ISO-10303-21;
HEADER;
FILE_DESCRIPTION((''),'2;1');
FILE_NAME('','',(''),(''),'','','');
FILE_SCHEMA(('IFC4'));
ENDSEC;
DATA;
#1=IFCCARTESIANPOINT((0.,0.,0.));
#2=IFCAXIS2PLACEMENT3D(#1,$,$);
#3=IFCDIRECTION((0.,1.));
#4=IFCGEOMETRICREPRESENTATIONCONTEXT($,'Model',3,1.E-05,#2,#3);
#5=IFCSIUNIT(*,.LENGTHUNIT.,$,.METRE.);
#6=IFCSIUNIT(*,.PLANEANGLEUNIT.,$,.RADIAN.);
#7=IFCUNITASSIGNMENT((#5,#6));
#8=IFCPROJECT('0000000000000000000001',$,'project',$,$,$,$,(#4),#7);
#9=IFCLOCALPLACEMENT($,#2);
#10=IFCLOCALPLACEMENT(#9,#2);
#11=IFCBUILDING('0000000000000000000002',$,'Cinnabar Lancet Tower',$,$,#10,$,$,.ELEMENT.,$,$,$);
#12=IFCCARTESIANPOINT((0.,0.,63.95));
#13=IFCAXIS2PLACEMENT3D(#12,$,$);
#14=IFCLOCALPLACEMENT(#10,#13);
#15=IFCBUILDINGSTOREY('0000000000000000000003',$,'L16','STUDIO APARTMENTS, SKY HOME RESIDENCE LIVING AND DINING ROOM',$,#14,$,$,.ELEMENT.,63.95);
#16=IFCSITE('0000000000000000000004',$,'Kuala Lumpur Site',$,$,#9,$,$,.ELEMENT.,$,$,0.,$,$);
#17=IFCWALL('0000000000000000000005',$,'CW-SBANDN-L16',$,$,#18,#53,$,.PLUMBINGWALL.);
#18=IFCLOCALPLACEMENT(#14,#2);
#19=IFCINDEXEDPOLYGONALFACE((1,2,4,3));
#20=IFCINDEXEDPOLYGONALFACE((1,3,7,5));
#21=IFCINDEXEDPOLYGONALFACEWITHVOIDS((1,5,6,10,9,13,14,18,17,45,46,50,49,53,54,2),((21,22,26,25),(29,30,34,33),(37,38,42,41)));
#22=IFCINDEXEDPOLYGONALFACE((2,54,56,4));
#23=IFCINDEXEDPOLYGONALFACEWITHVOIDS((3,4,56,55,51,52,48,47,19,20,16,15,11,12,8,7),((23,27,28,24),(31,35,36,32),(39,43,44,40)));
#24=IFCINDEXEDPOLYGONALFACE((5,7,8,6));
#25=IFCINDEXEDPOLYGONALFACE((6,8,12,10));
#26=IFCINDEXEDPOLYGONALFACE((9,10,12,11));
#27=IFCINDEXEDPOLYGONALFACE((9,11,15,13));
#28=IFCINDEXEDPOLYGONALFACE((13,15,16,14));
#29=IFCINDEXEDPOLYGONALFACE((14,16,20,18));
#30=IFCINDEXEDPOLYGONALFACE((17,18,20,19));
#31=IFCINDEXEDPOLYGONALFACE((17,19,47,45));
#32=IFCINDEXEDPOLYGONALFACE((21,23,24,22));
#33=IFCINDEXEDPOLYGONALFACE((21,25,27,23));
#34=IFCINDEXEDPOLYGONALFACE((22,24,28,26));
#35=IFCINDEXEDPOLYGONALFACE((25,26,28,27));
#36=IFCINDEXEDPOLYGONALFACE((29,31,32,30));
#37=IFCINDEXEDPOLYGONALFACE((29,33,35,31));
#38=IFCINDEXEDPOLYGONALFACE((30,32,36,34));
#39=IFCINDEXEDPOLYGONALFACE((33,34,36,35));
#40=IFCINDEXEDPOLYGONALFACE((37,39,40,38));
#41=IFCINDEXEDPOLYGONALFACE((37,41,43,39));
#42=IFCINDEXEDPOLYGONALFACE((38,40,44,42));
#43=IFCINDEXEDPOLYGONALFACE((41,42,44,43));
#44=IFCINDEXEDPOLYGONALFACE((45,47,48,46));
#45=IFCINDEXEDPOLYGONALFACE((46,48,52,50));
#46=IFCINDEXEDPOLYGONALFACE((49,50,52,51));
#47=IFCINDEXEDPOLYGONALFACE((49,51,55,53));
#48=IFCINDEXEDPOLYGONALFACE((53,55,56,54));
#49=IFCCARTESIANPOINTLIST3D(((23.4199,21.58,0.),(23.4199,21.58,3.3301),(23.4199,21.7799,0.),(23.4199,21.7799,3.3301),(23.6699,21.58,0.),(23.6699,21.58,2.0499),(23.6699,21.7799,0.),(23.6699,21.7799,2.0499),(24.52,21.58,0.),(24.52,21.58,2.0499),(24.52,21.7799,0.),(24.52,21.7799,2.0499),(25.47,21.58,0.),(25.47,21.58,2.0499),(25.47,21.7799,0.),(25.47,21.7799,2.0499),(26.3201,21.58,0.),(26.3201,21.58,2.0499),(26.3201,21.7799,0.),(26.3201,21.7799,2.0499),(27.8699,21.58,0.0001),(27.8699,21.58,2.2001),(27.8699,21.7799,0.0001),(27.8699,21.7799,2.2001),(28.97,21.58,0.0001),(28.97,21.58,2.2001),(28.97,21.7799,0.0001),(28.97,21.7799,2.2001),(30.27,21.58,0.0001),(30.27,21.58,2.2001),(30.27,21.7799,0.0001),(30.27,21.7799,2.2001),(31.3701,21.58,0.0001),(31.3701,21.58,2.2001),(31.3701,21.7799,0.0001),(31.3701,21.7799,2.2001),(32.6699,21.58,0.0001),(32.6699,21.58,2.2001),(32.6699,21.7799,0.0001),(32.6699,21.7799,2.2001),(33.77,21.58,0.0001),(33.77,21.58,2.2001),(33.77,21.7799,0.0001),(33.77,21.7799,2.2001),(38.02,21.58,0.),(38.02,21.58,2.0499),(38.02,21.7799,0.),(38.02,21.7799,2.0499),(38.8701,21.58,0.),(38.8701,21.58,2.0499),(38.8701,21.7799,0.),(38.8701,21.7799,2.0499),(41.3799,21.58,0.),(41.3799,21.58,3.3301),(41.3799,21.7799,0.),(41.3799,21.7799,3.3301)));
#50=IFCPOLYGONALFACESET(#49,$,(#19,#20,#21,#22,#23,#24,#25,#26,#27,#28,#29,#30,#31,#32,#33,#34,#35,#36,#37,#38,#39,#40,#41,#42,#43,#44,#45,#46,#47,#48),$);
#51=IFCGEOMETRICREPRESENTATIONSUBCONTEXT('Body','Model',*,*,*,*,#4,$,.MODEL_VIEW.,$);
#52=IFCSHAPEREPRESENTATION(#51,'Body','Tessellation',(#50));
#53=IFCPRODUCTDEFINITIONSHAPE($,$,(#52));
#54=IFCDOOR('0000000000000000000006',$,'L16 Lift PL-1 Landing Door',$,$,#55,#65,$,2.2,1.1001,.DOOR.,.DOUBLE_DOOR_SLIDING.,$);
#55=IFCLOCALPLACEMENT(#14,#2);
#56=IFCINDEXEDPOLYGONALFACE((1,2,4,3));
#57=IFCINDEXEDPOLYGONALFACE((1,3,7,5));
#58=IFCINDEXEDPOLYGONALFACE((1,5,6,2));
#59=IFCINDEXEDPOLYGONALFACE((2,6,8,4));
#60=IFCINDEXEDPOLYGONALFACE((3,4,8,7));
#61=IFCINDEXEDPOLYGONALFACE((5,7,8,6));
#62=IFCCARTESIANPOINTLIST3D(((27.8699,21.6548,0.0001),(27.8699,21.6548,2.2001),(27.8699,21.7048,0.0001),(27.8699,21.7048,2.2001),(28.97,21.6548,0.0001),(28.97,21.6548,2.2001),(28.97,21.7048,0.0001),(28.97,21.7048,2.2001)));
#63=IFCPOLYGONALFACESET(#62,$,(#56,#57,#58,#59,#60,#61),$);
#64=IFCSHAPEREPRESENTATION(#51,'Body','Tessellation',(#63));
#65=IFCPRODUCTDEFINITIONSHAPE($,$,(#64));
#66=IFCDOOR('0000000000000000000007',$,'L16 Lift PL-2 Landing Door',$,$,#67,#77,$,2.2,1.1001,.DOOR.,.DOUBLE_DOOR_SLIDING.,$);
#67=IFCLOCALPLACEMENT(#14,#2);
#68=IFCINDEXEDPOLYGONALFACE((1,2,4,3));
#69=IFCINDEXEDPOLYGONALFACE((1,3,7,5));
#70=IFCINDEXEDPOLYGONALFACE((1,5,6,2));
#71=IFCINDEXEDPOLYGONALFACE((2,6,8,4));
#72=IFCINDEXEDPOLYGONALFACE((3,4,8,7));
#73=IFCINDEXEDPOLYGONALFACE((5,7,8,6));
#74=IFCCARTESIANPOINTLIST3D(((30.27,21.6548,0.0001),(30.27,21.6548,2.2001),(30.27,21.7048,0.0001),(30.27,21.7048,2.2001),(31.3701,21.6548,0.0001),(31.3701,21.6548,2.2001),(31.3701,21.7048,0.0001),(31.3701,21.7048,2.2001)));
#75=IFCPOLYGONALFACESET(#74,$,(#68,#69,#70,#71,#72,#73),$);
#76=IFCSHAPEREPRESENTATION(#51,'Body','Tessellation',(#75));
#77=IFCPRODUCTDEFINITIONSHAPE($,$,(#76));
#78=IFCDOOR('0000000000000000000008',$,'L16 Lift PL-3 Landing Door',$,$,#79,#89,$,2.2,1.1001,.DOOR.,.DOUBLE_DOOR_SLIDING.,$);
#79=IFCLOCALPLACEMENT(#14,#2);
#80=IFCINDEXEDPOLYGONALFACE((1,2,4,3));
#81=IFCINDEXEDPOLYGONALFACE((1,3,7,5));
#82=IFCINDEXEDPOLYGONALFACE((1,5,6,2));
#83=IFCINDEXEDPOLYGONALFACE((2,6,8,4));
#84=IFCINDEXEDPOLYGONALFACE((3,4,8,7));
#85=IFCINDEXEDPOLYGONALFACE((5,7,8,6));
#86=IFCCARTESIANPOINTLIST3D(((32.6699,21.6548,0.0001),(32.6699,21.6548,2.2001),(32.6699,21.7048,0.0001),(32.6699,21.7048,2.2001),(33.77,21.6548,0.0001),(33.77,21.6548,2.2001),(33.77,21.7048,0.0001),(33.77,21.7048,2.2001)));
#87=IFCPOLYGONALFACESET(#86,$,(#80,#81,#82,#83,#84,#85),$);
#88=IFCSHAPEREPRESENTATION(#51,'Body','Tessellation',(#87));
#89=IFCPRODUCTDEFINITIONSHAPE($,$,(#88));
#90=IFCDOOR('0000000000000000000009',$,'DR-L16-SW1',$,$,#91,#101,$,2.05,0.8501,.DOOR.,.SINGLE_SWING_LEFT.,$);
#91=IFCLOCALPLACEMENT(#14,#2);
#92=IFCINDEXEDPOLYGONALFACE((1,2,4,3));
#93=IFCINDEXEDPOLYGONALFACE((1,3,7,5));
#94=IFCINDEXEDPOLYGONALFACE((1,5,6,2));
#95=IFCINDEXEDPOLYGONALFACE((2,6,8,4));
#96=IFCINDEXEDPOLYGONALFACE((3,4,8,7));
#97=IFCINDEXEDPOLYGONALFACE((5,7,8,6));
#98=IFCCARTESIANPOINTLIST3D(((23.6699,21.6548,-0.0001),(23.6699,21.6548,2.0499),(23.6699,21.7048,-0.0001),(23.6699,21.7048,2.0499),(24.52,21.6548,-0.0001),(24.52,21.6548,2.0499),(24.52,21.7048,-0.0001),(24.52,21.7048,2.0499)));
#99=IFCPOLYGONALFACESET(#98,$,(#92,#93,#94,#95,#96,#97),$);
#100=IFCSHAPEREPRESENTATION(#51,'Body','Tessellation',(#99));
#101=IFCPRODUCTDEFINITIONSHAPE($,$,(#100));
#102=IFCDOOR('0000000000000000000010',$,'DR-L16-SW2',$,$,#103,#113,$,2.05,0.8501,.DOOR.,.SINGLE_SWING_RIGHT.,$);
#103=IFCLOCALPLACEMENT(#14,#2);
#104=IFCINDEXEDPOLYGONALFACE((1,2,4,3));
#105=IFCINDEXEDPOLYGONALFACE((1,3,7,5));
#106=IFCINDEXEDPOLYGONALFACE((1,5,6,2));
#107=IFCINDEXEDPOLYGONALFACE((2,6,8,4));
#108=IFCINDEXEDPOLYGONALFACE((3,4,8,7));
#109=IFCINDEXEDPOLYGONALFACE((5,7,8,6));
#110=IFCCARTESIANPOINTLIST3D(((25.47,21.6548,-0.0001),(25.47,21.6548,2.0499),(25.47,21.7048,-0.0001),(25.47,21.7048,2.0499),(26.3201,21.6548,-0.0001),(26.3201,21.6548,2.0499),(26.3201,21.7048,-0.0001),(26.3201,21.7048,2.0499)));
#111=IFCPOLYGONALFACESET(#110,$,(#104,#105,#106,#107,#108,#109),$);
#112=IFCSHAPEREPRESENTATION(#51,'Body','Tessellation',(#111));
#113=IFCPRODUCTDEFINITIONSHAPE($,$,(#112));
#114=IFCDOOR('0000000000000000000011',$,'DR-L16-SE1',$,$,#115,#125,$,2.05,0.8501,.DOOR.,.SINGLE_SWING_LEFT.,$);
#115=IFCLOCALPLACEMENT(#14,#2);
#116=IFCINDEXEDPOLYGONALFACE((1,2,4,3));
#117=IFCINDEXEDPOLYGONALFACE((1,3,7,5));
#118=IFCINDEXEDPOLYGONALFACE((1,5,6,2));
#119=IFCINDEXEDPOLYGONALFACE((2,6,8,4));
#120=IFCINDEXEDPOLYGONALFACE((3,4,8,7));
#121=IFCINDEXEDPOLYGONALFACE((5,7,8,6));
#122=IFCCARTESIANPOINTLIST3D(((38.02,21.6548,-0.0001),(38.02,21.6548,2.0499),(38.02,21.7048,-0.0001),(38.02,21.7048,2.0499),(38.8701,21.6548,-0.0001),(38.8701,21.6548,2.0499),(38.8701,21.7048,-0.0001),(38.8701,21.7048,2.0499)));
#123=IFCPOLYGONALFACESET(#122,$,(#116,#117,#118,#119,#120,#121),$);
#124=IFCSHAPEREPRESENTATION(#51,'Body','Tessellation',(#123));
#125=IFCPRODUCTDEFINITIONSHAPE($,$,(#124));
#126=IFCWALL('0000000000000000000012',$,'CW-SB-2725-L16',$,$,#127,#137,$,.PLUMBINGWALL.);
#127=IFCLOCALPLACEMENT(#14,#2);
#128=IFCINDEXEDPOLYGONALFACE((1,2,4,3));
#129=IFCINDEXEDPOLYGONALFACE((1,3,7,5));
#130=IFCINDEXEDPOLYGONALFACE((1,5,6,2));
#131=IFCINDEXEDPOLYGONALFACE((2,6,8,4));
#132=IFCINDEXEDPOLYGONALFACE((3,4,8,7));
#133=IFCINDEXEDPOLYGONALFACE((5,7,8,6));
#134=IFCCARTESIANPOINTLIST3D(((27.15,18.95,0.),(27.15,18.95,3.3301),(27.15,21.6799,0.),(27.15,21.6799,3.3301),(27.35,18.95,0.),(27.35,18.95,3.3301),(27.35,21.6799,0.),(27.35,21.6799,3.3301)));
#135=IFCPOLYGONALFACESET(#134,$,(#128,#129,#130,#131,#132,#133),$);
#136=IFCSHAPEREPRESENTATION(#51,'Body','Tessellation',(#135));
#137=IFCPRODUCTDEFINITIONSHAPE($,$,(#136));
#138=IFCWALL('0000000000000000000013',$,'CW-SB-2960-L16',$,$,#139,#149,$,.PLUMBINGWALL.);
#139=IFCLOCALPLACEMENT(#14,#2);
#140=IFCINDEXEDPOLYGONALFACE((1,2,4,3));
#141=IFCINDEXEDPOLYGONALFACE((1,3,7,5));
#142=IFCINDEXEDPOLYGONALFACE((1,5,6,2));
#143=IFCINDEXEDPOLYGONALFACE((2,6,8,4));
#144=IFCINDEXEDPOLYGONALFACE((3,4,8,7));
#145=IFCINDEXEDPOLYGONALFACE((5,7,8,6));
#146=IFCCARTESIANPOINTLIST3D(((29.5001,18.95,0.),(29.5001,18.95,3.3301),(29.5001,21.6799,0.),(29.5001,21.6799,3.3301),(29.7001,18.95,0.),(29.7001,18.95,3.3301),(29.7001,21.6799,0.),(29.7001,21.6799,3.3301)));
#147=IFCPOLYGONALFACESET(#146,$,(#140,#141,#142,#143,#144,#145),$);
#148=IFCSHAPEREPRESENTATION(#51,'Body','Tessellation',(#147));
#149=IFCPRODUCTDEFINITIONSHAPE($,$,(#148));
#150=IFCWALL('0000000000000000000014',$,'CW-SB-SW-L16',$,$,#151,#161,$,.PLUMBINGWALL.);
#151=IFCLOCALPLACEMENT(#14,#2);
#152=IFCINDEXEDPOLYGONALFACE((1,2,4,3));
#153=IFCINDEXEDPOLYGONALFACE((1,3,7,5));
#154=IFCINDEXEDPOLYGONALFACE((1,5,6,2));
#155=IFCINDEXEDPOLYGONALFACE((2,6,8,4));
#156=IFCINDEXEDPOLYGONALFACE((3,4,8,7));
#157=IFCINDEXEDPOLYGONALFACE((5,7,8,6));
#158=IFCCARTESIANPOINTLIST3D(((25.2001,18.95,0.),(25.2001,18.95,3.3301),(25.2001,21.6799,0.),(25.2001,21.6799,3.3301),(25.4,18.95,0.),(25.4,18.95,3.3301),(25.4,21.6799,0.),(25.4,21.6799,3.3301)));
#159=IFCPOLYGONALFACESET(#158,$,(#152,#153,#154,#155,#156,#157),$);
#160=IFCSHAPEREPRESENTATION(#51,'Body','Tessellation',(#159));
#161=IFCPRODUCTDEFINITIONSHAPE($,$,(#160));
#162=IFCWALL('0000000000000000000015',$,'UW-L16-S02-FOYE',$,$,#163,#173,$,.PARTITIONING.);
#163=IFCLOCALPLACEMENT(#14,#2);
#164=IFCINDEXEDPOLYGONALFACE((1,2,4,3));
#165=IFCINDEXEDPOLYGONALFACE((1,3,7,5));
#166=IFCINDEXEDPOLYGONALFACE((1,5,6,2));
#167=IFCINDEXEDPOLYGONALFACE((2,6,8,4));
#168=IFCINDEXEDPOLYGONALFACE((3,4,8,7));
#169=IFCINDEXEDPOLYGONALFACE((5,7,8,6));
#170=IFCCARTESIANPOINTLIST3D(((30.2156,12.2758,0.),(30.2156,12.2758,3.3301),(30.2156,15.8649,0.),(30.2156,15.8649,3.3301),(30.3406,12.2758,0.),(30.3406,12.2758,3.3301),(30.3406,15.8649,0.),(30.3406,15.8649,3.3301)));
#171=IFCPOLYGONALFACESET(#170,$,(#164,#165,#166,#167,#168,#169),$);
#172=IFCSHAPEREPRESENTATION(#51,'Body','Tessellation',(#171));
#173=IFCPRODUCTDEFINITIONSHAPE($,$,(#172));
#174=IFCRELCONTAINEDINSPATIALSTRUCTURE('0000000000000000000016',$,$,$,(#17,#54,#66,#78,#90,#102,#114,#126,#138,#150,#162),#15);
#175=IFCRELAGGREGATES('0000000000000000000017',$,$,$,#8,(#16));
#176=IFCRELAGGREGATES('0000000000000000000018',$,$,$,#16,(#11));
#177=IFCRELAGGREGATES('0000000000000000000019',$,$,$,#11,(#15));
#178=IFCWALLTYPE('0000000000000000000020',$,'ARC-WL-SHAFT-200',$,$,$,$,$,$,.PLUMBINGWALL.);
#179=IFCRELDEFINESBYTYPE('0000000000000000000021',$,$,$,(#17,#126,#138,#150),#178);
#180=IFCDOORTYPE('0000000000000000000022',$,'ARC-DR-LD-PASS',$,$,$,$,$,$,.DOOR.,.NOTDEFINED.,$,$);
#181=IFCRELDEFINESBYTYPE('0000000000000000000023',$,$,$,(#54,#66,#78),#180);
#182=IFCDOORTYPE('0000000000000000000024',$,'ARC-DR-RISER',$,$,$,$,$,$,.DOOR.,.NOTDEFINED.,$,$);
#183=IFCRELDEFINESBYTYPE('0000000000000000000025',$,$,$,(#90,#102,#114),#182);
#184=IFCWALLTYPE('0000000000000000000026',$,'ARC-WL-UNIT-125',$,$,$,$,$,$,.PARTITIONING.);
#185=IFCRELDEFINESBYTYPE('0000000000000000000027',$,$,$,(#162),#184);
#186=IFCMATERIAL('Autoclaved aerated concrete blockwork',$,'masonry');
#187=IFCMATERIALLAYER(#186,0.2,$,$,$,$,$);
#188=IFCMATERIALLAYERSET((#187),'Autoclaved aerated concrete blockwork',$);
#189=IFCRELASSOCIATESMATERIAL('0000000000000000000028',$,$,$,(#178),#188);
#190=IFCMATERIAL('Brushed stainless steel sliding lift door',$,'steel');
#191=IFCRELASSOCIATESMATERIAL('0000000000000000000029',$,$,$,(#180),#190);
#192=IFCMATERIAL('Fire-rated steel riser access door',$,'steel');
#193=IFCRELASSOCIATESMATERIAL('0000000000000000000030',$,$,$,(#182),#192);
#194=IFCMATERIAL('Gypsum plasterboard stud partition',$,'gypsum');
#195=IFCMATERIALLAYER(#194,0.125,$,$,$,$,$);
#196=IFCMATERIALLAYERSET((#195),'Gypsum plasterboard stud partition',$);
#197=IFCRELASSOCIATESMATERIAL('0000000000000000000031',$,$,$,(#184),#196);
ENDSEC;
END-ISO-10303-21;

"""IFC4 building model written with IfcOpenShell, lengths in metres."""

from ifc_helpers import new_model, si_unit, direction, frame, frame_2d, origin, place, context, subcontext, project, spatial, rectangle, extrude, material, layer, layer_set, type_object, element, fill, save


model = new_model("IFC4")

# Units and contexts
model_context = context("Model", 3, precision=1e-05, world=origin(), true_north=direction((0.0, 1.0)))
body_context = subcontext(model_context, "Body", "Model", "MODEL_VIEW")
ifc_project = project(units=[si_unit("LENGTHUNIT", "METRE"), si_unit("PLANEANGLEUNIT", "RADIAN")], contexts=[model_context])

# Site, building, storey
site_placement = place(None, origin())
site = spatial("IfcSite", under=ifc_project, at=site_placement, Name="Kuala Lumpur Site", CompositionType="ELEMENT", RefElevation=0.0)
building_placement = place(site_placement, origin())
building = spatial("IfcBuilding", under=site, at=building_placement, Name="Cinnabar Lancet Tower", CompositionType="ELEMENT")
storey_placement = place(building_placement, frame((0.0, 0.0, 63.95)))
storey = spatial("IfcBuildingStorey", under=building, at=storey_placement, Name="L16", Description="STUDIO APARTMENTS, SKY HOME RESIDENCE LIVING AND DINING ROOM", CompositionType="ELEMENT", Elevation=63.95)

# Shared definitions
ifc_material_1 = material(Name="Autoclaved aerated concrete blockwork", Category="masonry")
ifc_layer_1 = layer(ifc_material_1, 0.2)
ifc_layer_set_1 = layer_set([ifc_layer_1], Name="Autoclaved aerated concrete blockwork")
wall_type_1 = type_object("IfcWallType", Name="ARC-WL-SHAFT-200", PredefinedType="PLUMBINGWALL", material=ifc_layer_set_1)

# Wall, openings, doors
wall_1_placement = place(storey_placement, frame((23.4199, 21.6799, 0.0), z_axis=(0.0, 0.0, 1.0), x_axis=(1.0, 0.0, 0.0)))
wall_1 = element("IfcWall", 1, at=wall_1_placement, inside=storey, type_object=wall_type_1, Name="CW-SBANDN-L16", PredefinedType="PLUMBINGWALL", context=body_context, shape_type="SweptSolid", body=[
    extrude(rectangle(XDim=17.96, YDim=0.2, at=frame_2d((8.98, 0.0))), origin(), (0.0, 0.0, 1.0), 3.3301),
])
opening_1_placement = place(wall_1_placement, frame((4.45, 0.0, 0.0)))
opening_1 = element("IfcOpeningElement", 2, at=opening_1_placement, cuts=wall_1, PredefinedType="OPENING", context=body_context, shape_type="SweptSolid", body=[
    extrude(rectangle(XDim=1.1001, YDim=2.2, at=frame_2d((0.55, 1.1001))), frame((0.0, 0.1099, 0.0), z_axis=(0.0, -1.0, 0.0), x_axis=(1.0, 0.0, 0.0)), (0.0, 0.0, 1.0), 0.22),
])
opening_2_placement = place(wall_1_placement, frame((6.8501, 0.0, 0.0)))
opening_2 = element("IfcOpeningElement", 3, at=opening_2_placement, cuts=wall_1, PredefinedType="OPENING", context=body_context, shape_type="SweptSolid", body=[
    extrude(rectangle(XDim=1.1001, YDim=2.2, at=frame_2d((0.55, 1.1001))), frame((0.0, 0.1099, 0.0), z_axis=(0.0, -1.0, 0.0), x_axis=(1.0, 0.0, 0.0)), (0.0, 0.0, 1.0), 0.22),
])
opening_3_placement = place(wall_1_placement, frame((9.25, 0.0, 0.0)))
opening_3 = element("IfcOpeningElement", 4, at=opening_3_placement, cuts=wall_1, PredefinedType="OPENING", context=body_context, shape_type="SweptSolid", body=[
    extrude(rectangle(XDim=1.1001, YDim=2.2, at=frame_2d((0.55, 1.1001))), frame((0.0, 0.1099, 0.0), z_axis=(0.0, -1.0, 0.0), x_axis=(1.0, 0.0, 0.0)), (0.0, 0.0, 1.0), 0.22),
])
opening_4_placement = place(wall_1_placement, frame((0.25, 0.0, 0.0)))
opening_4 = element("IfcOpeningElement", 5, at=opening_4_placement, cuts=wall_1, PredefinedType="OPENING", context=body_context, shape_type="SweptSolid", body=[
    extrude(rectangle(XDim=0.8501, YDim=2.05, at=frame_2d((0.425, 1.0249))), frame((0.0, 0.1099, 0.0), z_axis=(0.0, -1.0, 0.0), x_axis=(1.0, 0.0, 0.0)), (0.0, 0.0, 1.0), 0.22),
])
opening_5_placement = place(wall_1_placement, frame((2.05, 0.0, 0.0)))
opening_5 = element("IfcOpeningElement", 6, at=opening_5_placement, cuts=wall_1, PredefinedType="OPENING", context=body_context, shape_type="SweptSolid", body=[
    extrude(rectangle(XDim=0.8501, YDim=2.05, at=frame_2d((0.425, 1.0249))), frame((0.0, 0.1099, 0.0), z_axis=(0.0, -1.0, 0.0), x_axis=(1.0, 0.0, 0.0)), (0.0, 0.0, 1.0), 0.22),
])
opening_6_placement = place(wall_1_placement, frame((14.6001, 0.0, 0.0)))
opening_6 = element("IfcOpeningElement", 7, at=opening_6_placement, cuts=wall_1, PredefinedType="OPENING", context=body_context, shape_type="SweptSolid", body=[
    extrude(rectangle(XDim=0.8501, YDim=2.05, at=frame_2d((0.425, 1.0249))), frame((0.0, 0.1099, 0.0), z_axis=(0.0, -1.0, 0.0), x_axis=(1.0, 0.0, 0.0)), (0.0, 0.0, 1.0), 0.22),
])
ifc_material_2 = material(Name="Brushed stainless steel sliding lift door", Category="steel")
door_type_1 = type_object("IfcDoorType", Name="ARC-DR-LD-PASS", OperationType="NOTDEFINED", PredefinedType="DOOR", material=ifc_material_2)
door_1_placement = place(opening_1_placement, origin())
door_1 = element("IfcDoor", 8, at=door_1_placement, inside=storey, type_object=door_type_1, Name="L16 Lift PL-1 Landing Door", OperationType="DOUBLE_DOOR_SLIDING", OverallHeight=2.2, OverallWidth=1.1001, PredefinedType="DOOR", context=body_context, shape_type="SweptSolid", body=[
    extrude(rectangle(XDim=1.1001, YDim=2.2, at=frame_2d((0.55, 1.1001))), frame((0.0, 0.0249, 0.0), z_axis=(0.0, -1.0, 0.0), x_axis=(1.0, 0.0, 0.0)), (0.0, 0.0, 1.0), 0.05),
])
fill(opening_1, door_1)
door_2_placement = place(opening_2_placement, origin())
door_2 = element("IfcDoor", 9, at=door_2_placement, inside=storey, type_object=door_type_1, Name="L16 Lift PL-2 Landing Door", OperationType="DOUBLE_DOOR_SLIDING", OverallHeight=2.2, OverallWidth=1.1001, PredefinedType="DOOR", context=body_context, shape_type="SweptSolid", body=[
    extrude(rectangle(XDim=1.1001, YDim=2.2, at=frame_2d((0.55, 1.1001))), frame((0.0, 0.0249, 0.0), z_axis=(0.0, -1.0, 0.0), x_axis=(1.0, 0.0, 0.0)), (0.0, 0.0, 1.0), 0.05),
])
fill(opening_2, door_2)
door_3_placement = place(opening_3_placement, origin())
door_3 = element("IfcDoor", 10, at=door_3_placement, inside=storey, type_object=door_type_1, Name="L16 Lift PL-3 Landing Door", OperationType="DOUBLE_DOOR_SLIDING", OverallHeight=2.2, OverallWidth=1.1001, PredefinedType="DOOR", context=body_context, shape_type="SweptSolid", body=[
    extrude(rectangle(XDim=1.1001, YDim=2.2, at=frame_2d((0.55, 1.1001))), frame((0.0, 0.0249, 0.0), z_axis=(0.0, -1.0, 0.0), x_axis=(1.0, 0.0, 0.0)), (0.0, 0.0, 1.0), 0.05),
])
fill(opening_3, door_3)
ifc_material_3 = material(Name="Fire-rated steel riser access door", Category="steel")
door_type_2 = type_object("IfcDoorType", Name="ARC-DR-RISER", OperationType="NOTDEFINED", PredefinedType="DOOR", material=ifc_material_3)
door_4_placement = place(opening_4_placement, origin())
door_4 = element("IfcDoor", 11, at=door_4_placement, inside=storey, type_object=door_type_2, Name="DR-L16-SW1", OperationType="SINGLE_SWING_LEFT", OverallHeight=2.05, OverallWidth=0.8501, PredefinedType="DOOR", context=body_context, shape_type="SweptSolid", body=[
    extrude(rectangle(XDim=0.8501, YDim=2.05, at=frame_2d((0.425, 1.0249))), frame((0.0, 0.0249, 0.0), z_axis=(0.0, -1.0, 0.0), x_axis=(1.0, 0.0, 0.0)), (0.0, 0.0, 1.0), 0.05),
])
fill(opening_4, door_4)
door_5_placement = place(opening_5_placement, origin())
door_5 = element("IfcDoor", 12, at=door_5_placement, inside=storey, type_object=door_type_2, Name="DR-L16-SW2", OperationType="SINGLE_SWING_RIGHT", OverallHeight=2.05, OverallWidth=0.8501, PredefinedType="DOOR", context=body_context, shape_type="SweptSolid", body=[
    extrude(rectangle(XDim=0.8501, YDim=2.05, at=frame_2d((0.425, 1.0249))), frame((0.0, 0.0249, 0.0), z_axis=(0.0, -1.0, 0.0), x_axis=(1.0, 0.0, 0.0)), (0.0, 0.0, 1.0), 0.05),
])
fill(opening_5, door_5)
door_6_placement = place(opening_6_placement, origin())
door_6 = element("IfcDoor", 13, at=door_6_placement, inside=storey, type_object=door_type_2, Name="DR-L16-SE1", OperationType="SINGLE_SWING_LEFT", OverallHeight=2.05, OverallWidth=0.8501, PredefinedType="DOOR", context=body_context, shape_type="SweptSolid", body=[
    extrude(rectangle(XDim=0.8501, YDim=2.05, at=frame_2d((0.425, 1.0249))), frame((0.0, 0.0249, 0.0), z_axis=(0.0, -1.0, 0.0), x_axis=(1.0, 0.0, 0.0)), (0.0, 0.0, 1.0), 0.05),
])
fill(opening_6, door_6)

# Walls
for number, where, z_axis, x_axis, name in (
    (14, (27.25, 18.95, 0.0), (0.0, 0.0, 1.0), (0.0, 1.0, 0.0), "CW-SB-2725-L16"),
    (15, (29.6001, 18.95, 0.0), (0.0, 0.0, 1.0), (0.0, 1.0, 0.0), "CW-SB-2960-L16"),
    (16, (25.3, 18.95, 0.0), (0.0, 0.0, 1.0), (0.0, 1.0, 0.0), "CW-SB-SW-L16"),
):
    element("IfcWall", number, at=place(storey_placement, frame(where, z_axis=z_axis, x_axis=x_axis)), inside=storey, type_object=wall_type_1, Name=name, PredefinedType="PLUMBINGWALL", context=body_context, shape_type="SweptSolid", body=[
        extrude(rectangle(XDim=2.73, YDim=0.2, at=frame_2d((1.365, 0.0))), origin(), (0.0, 0.0, 1.0), 3.3301),
    ])
ifc_material_4 = material(Name="Gypsum plasterboard stud partition", Category="gypsum")
ifc_layer_2 = layer(ifc_material_4, 0.125)
ifc_layer_set_2 = layer_set([ifc_layer_2], Name="Gypsum plasterboard stud partition")
wall_type_2 = type_object("IfcWallType", Name="ARC-WL-UNIT-125", PredefinedType="PARTITIONING", material=ifc_layer_set_2)
wall_2_placement = place(storey_placement, frame((30.2781, 12.2759, 0.0), z_axis=(0.0, 0.0, 1.0), x_axis=(0.0, 1.0, 0.0)))
element("IfcWall", 17, at=wall_2_placement, inside=storey, type_object=wall_type_2, Name="UW-L16-S02-FOYE", PredefinedType="PARTITIONING", context=body_context, shape_type="SweptSolid", body=[
    extrude(rectangle(XDim=3.5891, YDim=0.125, at=frame_2d((1.7944, 0.0))), origin(), (0.0, 0.0, 1.0), 3.3301),
])

save(model, "model.ifc")
